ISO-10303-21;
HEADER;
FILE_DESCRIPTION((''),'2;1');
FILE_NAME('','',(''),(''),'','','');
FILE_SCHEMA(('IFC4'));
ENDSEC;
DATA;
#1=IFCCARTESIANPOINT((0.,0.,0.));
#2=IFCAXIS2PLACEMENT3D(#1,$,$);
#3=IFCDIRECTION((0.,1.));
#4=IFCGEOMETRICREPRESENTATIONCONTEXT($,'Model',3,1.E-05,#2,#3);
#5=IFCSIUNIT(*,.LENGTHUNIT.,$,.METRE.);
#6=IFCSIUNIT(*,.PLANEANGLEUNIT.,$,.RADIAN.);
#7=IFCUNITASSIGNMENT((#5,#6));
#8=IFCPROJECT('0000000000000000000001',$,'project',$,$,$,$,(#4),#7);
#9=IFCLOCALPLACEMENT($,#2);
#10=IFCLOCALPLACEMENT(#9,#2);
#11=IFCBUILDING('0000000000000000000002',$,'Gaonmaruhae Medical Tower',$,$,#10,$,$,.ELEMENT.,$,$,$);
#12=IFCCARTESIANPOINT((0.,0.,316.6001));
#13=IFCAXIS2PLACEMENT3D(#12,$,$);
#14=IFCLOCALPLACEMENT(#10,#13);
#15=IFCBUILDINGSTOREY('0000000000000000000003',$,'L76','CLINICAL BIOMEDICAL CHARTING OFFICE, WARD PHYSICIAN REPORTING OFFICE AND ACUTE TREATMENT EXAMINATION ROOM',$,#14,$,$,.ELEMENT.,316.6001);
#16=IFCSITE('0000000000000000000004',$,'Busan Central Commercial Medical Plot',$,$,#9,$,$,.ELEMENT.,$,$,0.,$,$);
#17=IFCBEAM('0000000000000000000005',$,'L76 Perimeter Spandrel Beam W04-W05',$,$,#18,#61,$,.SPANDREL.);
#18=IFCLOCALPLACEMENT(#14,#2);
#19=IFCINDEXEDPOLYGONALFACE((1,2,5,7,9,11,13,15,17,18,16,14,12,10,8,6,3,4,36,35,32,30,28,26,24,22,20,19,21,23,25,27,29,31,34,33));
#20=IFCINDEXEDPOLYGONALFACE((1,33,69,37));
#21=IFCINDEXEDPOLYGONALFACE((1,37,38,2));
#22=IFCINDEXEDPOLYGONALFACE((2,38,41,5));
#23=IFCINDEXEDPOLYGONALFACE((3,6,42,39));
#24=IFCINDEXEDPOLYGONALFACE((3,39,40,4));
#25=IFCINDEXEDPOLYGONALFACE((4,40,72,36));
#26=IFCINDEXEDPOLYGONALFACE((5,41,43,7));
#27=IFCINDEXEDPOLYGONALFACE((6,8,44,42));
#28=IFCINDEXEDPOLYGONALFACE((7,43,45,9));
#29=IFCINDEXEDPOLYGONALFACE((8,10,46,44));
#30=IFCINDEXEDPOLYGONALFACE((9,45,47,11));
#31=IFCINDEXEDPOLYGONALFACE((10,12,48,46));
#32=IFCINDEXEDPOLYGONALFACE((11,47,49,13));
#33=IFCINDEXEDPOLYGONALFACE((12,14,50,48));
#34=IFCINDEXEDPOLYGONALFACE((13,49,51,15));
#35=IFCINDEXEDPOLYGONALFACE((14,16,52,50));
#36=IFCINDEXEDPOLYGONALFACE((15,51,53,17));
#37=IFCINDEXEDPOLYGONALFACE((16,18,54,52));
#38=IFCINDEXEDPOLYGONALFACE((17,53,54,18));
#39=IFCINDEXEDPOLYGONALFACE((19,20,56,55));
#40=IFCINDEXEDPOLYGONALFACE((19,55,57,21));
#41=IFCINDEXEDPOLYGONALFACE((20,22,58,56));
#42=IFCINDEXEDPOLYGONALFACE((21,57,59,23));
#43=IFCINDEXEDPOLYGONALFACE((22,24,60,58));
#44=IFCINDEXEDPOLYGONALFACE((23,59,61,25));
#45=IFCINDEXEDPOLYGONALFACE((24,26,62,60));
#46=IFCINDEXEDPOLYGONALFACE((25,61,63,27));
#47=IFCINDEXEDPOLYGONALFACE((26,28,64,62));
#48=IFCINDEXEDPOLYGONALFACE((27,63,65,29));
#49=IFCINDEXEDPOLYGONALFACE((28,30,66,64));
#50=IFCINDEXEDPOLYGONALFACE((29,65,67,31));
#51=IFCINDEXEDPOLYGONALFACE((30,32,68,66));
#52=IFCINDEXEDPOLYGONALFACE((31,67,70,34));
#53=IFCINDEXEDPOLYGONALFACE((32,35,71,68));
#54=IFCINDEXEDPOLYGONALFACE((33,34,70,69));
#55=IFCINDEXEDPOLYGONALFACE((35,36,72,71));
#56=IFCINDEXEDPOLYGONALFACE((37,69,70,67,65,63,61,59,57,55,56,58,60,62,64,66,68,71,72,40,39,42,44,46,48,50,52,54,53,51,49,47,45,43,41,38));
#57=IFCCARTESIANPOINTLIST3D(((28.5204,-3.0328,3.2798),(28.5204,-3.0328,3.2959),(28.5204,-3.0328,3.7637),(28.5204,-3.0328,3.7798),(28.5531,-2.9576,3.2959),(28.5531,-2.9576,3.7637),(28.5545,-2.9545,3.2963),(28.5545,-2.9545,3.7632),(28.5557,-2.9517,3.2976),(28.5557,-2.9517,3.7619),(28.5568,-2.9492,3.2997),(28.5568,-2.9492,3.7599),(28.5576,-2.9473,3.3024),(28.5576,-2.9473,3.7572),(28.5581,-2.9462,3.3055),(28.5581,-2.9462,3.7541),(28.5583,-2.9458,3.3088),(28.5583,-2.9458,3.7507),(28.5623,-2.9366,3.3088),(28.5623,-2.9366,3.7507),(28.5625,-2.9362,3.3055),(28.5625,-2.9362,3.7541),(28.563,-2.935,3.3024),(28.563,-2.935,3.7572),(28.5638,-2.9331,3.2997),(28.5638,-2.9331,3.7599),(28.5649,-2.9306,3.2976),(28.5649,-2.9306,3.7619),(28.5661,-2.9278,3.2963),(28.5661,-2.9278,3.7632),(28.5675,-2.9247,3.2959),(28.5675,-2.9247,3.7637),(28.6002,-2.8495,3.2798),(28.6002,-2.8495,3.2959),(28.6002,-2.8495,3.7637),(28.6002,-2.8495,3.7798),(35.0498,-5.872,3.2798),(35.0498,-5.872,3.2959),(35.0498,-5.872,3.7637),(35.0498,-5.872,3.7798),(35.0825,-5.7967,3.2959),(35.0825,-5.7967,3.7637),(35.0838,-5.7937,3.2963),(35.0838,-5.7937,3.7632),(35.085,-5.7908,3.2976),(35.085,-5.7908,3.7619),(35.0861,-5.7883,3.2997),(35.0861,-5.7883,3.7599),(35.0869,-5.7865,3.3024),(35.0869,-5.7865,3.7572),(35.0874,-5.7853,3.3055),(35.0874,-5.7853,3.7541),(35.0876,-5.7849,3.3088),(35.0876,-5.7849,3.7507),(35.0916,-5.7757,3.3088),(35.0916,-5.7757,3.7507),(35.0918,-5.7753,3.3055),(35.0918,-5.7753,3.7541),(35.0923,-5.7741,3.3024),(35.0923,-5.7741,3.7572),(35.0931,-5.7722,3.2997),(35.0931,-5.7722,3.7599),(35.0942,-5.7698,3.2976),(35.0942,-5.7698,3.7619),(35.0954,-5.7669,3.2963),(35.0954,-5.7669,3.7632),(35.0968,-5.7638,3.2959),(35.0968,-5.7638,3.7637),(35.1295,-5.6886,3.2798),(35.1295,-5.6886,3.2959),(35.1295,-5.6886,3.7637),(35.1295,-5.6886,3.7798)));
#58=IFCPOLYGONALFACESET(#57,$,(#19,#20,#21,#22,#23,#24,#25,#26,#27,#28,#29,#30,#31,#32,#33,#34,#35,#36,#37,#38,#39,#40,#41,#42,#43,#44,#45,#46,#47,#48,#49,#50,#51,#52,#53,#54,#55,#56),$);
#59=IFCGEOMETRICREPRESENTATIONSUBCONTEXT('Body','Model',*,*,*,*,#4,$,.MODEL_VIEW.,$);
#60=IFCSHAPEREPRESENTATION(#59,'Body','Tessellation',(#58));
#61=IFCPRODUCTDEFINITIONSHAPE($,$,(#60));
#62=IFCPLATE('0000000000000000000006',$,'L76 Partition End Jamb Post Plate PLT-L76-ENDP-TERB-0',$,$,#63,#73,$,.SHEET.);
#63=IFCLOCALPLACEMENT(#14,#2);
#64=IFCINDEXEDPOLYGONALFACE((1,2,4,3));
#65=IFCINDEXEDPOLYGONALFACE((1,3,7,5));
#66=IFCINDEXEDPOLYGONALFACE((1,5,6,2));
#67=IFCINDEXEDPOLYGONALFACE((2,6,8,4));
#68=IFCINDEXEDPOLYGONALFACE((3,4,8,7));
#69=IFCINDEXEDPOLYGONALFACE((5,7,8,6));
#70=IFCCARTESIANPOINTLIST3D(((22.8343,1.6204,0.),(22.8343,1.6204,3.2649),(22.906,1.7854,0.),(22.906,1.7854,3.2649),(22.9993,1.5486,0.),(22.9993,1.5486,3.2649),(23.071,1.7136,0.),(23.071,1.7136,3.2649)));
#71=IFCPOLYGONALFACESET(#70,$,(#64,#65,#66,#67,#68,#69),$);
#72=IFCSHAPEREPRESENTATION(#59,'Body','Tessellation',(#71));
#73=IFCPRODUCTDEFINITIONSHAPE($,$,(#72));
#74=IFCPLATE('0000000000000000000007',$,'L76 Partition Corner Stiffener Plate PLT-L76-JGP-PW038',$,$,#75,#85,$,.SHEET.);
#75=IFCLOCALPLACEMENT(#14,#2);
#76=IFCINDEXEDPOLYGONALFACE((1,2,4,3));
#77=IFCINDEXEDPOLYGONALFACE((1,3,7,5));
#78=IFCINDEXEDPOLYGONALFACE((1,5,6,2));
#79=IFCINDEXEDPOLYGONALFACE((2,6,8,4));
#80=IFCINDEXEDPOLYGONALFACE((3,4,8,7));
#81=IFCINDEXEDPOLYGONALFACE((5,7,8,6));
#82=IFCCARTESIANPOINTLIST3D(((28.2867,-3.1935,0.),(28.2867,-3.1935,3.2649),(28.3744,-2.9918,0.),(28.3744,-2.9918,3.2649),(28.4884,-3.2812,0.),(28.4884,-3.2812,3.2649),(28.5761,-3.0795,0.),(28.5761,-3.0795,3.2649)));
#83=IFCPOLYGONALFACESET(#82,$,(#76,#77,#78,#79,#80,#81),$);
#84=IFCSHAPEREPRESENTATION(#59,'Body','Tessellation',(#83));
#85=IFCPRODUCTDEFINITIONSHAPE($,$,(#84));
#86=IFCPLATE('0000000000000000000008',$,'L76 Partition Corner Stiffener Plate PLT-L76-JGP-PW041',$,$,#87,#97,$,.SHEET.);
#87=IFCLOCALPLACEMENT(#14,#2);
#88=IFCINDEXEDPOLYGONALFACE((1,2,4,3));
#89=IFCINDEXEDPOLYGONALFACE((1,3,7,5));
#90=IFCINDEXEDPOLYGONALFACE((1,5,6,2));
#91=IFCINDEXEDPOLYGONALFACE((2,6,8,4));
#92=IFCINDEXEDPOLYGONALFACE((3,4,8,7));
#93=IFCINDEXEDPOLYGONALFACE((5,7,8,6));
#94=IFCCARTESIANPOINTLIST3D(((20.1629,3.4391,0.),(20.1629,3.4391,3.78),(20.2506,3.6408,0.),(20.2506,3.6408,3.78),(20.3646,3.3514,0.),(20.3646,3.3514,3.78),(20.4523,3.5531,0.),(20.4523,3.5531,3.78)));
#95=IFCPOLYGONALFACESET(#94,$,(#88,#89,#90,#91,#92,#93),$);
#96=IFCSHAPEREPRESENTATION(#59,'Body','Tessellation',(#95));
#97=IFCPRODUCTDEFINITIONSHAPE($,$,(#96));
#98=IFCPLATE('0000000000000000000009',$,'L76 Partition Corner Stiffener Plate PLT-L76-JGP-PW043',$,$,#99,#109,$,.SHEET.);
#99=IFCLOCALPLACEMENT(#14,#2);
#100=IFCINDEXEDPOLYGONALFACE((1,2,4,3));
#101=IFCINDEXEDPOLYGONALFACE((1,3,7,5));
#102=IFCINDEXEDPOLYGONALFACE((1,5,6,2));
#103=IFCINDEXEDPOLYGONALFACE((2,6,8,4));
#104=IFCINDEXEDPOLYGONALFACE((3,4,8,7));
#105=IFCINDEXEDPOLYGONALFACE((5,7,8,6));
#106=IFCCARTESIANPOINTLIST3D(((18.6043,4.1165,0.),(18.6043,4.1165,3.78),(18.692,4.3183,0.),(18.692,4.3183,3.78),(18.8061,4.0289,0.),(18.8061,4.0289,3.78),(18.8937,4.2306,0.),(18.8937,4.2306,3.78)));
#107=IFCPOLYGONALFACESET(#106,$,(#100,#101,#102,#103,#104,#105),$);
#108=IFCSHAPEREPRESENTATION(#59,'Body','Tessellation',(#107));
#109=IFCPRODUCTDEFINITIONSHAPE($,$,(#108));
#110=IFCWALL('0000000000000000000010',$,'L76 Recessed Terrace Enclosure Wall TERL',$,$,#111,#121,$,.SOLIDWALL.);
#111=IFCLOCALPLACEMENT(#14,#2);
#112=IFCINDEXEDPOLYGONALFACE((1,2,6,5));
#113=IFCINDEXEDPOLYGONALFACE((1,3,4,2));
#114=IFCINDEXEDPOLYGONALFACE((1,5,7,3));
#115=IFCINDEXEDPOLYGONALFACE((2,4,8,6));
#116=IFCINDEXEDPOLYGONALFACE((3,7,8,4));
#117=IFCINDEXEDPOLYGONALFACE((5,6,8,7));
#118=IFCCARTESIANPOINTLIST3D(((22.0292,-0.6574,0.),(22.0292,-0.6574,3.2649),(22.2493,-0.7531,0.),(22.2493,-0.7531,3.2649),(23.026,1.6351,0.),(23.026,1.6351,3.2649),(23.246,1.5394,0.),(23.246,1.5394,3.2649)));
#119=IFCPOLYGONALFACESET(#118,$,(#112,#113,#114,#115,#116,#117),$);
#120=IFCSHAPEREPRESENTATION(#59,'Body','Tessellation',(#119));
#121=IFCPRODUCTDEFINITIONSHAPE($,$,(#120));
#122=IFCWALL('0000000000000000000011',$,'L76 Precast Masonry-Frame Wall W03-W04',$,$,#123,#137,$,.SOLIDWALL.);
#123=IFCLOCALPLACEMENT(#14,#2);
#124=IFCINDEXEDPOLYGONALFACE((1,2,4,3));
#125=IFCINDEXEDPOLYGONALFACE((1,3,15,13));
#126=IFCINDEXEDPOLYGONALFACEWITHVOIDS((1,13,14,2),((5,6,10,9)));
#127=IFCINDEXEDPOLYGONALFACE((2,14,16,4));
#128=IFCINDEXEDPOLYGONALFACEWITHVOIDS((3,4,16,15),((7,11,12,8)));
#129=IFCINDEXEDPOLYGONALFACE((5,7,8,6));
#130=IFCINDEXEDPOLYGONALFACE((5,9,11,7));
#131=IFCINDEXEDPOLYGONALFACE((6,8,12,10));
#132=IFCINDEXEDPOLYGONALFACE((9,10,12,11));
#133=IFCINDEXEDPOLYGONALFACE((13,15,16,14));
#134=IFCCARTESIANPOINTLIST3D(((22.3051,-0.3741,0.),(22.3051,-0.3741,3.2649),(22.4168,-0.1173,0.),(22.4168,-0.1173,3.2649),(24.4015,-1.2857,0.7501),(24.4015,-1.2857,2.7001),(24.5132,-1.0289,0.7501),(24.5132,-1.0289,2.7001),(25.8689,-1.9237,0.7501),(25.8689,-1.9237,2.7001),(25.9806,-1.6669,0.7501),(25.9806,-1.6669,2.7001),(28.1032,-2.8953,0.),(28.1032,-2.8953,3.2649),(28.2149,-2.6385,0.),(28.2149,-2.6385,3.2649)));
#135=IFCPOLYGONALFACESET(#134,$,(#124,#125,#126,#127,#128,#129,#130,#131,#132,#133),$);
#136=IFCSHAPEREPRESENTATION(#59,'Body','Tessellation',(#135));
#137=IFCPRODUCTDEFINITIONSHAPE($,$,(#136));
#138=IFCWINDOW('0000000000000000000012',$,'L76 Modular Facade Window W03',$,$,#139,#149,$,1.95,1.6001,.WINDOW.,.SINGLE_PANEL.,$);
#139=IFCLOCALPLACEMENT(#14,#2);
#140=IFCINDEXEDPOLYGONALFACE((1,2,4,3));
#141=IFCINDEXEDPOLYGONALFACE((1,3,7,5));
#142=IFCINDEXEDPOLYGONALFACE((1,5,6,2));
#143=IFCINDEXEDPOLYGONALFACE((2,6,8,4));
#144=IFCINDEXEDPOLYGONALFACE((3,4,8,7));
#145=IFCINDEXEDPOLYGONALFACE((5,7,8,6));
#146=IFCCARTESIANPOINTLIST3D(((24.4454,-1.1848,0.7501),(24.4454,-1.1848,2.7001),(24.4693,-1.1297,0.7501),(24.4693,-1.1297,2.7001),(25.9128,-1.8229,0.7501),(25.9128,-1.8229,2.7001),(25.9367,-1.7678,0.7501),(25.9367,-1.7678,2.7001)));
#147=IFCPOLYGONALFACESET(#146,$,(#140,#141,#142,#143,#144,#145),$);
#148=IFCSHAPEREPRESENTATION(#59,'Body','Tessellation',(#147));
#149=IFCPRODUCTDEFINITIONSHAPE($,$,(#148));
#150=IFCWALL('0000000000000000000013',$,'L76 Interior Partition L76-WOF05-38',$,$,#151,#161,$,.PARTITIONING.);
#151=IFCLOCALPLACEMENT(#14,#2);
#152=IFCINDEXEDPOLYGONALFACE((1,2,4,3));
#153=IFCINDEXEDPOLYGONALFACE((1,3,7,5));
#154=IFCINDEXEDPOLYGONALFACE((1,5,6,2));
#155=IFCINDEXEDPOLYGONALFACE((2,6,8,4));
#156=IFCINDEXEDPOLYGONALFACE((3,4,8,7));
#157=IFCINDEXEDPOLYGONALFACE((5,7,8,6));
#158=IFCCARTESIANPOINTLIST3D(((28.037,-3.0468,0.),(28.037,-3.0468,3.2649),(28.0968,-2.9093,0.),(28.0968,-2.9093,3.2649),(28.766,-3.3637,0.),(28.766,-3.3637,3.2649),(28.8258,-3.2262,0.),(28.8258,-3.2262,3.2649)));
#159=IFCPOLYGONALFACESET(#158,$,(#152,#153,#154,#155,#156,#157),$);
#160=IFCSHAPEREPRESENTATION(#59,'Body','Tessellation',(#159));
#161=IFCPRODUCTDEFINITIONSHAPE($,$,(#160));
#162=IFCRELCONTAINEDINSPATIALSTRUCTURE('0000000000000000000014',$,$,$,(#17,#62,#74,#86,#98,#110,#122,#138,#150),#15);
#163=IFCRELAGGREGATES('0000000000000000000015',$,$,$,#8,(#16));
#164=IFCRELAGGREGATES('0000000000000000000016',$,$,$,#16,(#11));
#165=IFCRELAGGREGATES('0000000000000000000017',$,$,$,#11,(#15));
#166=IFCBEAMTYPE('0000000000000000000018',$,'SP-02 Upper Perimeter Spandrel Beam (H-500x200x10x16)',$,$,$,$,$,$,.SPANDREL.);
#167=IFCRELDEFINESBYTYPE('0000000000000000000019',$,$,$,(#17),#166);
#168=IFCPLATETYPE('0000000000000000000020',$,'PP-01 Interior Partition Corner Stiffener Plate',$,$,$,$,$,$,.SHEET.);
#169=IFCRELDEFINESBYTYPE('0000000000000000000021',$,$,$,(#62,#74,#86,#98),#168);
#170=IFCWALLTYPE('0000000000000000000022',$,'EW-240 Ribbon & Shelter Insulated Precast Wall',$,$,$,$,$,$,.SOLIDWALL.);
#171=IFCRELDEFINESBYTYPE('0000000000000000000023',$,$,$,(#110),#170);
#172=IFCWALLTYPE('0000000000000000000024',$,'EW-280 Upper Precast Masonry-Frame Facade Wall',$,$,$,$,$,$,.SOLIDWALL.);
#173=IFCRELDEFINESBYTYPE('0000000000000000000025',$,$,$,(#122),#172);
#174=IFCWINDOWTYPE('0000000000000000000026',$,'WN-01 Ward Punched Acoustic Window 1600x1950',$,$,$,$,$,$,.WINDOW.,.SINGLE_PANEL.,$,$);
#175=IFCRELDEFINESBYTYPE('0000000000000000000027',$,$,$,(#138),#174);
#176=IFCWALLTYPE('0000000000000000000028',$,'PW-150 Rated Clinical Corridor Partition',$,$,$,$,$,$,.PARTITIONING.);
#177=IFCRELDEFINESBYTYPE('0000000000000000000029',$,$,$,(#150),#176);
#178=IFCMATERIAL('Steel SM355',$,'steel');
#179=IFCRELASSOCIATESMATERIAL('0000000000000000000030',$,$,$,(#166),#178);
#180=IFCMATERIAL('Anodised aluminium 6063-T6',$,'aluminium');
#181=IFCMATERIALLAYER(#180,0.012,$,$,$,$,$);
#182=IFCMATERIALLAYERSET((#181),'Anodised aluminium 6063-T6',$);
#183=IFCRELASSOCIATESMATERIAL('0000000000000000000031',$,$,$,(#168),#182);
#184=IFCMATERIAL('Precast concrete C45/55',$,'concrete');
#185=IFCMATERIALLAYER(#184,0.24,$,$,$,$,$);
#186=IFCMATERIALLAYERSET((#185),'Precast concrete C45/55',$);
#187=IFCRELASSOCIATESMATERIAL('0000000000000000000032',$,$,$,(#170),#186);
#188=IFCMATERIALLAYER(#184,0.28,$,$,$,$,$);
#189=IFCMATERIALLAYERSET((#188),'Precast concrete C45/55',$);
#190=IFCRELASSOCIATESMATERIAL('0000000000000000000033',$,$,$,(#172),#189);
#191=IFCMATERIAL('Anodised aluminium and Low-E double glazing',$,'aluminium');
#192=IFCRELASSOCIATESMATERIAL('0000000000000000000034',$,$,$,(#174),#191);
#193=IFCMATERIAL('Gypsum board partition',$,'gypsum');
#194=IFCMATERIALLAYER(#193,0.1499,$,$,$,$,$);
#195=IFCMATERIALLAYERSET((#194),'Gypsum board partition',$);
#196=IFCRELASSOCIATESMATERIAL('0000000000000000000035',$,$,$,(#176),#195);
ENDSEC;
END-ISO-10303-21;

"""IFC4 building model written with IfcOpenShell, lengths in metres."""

from ifc_helpers import new_model, si_unit, direction, frame, frame_2d, origin, origin_2d, place, context, subcontext, project, spatial, rectangle, i_section, extrude, material, layer, layer_set, material_profile, profile_set, type_object, element, fill, save


model = new_model("IFC4")

# Units and contexts
model_context = context("Model", 3, precision=1e-05, world=origin(), true_north=direction((0.0, 1.0)))
body_context = subcontext(model_context, "Body", "Model", "MODEL_VIEW")
ifc_project = project(units=[si_unit("LENGTHUNIT", "METRE"), si_unit("PLANEANGLEUNIT", "RADIAN")], contexts=[model_context])

# Site, building, storey
site_placement = place(None, origin())
site = spatial("IfcSite", under=ifc_project, at=site_placement, Name="Busan Central Commercial Medical Plot", CompositionType="ELEMENT", RefElevation=0.0)
building_placement = place(site_placement, origin())
building = spatial("IfcBuilding", under=site, at=building_placement, Name="Gaonmaruhae Medical Tower", CompositionType="ELEMENT")
storey_placement = place(building_placement, frame((0.0, 0.0, 316.6001)))
storey = spatial("IfcBuildingStorey", under=building, at=storey_placement, Name="L76", Description="CLINICAL BIOMEDICAL CHARTING OFFICE, WARD PHYSICIAN REPORTING OFFICE AND ACUTE TREATMENT EXAMINATION ROOM", CompositionType="ELEMENT", Elevation=316.6001)

# Beam
ifc_material_1 = material(Name="Steel SM355", Category="steel")
ifc_material_profile_1 = material_profile(ifc_material_1, i_section(OverallWidth=0.2, OverallDepth=0.5, WebThickness=0.01, FlangeThickness=0.0161, FilletRadius=0.0129, at=origin_2d()), Name="H-500x200x10x16")
ifc_profile_set_1 = profile_set([ifc_material_profile_1], Name="Steel SM355")
beam_type_1 = type_object("IfcBeamType", Name="SP-02 Upper Perimeter Spandrel Beam (H-500x200x10x16)", PredefinedType="SPANDREL", material=ifc_profile_set_1)
beam_1_placement = place(storey_placement, frame((28.5603, -2.9412, 3.5298), z_axis=(0.917055, -0.39876, 0.0), x_axis=(0.39876, 0.917055, 0.0)))
element("IfcBeam", 1, at=beam_1_placement, inside=storey, type_object=beam_type_1, Name="L76 Perimeter Spandrel Beam W04-W05", PredefinedType="SPANDREL", context=body_context, shape_type="SweptSolid", body=[
    extrude(i_section(OverallWidth=0.2, OverallDepth=0.5, WebThickness=0.01, FlangeThickness=0.0161, FilletRadius=0.0129, at=origin_2d()), origin(), (0.0, 0.0, 1.0), 7.1199),
])

# Plates
ifc_material_2 = material(Name="Anodised aluminium 6063-T6", Category="aluminium")
ifc_layer_1 = layer(ifc_material_2, 0.012)
ifc_layer_set_1 = layer_set([ifc_layer_1], Name="Anodised aluminium 6063-T6")
plate_type = type_object("IfcPlateType", Name="PP-01 Interior Partition Corner Stiffener Plate", PredefinedType="SHEET", material=ifc_layer_set_1)
plate_1_placement = place(storey_placement, frame((22.9526, 1.667, 0.0), z_axis=(0.0, 0.0, 1.0), x_axis=(-0.91706, 0.398749, 0.0)))
element("IfcPlate", 2, at=plate_1_placement, inside=storey, type_object=plate_type, Name="L76 Partition End Jamb Post Plate PLT-L76-ENDP-TERB-0", PredefinedType="SHEET", context=body_context, shape_type="SweptSolid", body=[
    extrude(rectangle(XDim=0.1799, YDim=0.1799, at=origin_2d()), origin(), (0.0, 0.0, 1.0), 3.2649),
])
plate_2_placement = place(storey_placement, frame((28.4314, -3.1365, 0.0), z_axis=(0.0, 0.0, 1.0), x_axis=(-0.917053, 0.398765, 0.0)))
element("IfcPlate", 3, at=plate_2_placement, inside=storey, type_object=plate_type, Name="L76 Partition Corner Stiffener Plate PLT-L76-JGP-PW038", PredefinedType="SHEET", context=body_context, shape_type="SweptSolid", body=[
    extrude(rectangle(XDim=0.22, YDim=0.22, at=origin_2d()), origin(), (0.0, 0.0, 1.0), 3.2649),
])
for number, where, z_axis, x_axis, name in (
    (4, (20.3076, 3.4961, 0.0), (0.0, 0.0, 1.0), (0.398829, 0.917025, 0.0), "L76 Partition Corner Stiffener Plate PLT-L76-JGP-PW041"),
    (5, (18.749, 4.1736, 0.0), (0.0, 0.0, 1.0), (-0.398381, -0.91722, 0.0), "L76 Partition Corner Stiffener Plate PLT-L76-JGP-PW043"),
):
    element("IfcPlate", number, at=place(storey_placement, frame(where, z_axis=z_axis, x_axis=x_axis)), inside=storey, type_object=plate_type, Name=name, PredefinedType="SHEET", context=body_context, shape_type="SweptSolid", body=[
        extrude(rectangle(XDim=0.22, YDim=0.22, at=origin_2d()), origin(), (0.0, 0.0, 1.0), 3.78),
    ])

# Shared definitions
ifc_material_3 = material(Name="Precast concrete C45/55", Category="concrete")
ifc_layer_2 = layer(ifc_material_3, 0.24)
ifc_layer_set_2 = layer_set([ifc_layer_2], Name="Precast concrete C45/55")
wall_type_1 = type_object("IfcWallType", Name="EW-240 Ribbon & Shelter Insulated Precast Wall", PredefinedType="SOLIDWALL", material=ifc_layer_set_2)

# Wall
wall_1_placement = place(storey_placement, frame((22.1392, -0.7053, 0.0), z_axis=(0.0, 0.0, 1.0), x_axis=(0.398758, 0.917056, 0.0)))
element("IfcWall", 6, at=wall_1_placement, inside=storey, type_object=wall_type_1, Name="L76 Recessed Terrace Enclosure Wall TERL", PredefinedType="SOLIDWALL", context=body_context, shape_type="SweptSolid", body=[
    extrude(rectangle(XDim=2.4998, YDim=0.24, at=frame_2d((1.25, 0.0))), origin(), (0.0, 0.0, 1.0), 3.2649),
])

# Wall, opening, window
ifc_layer_3 = layer(ifc_material_3, 0.28)
ifc_layer_set_3 = layer_set([ifc_layer_3], Name="Precast concrete C45/55")
wall_type_2 = type_object("IfcWallType", Name="EW-280 Upper Precast Masonry-Frame Facade Wall", PredefinedType="SOLIDWALL", material=ifc_layer_set_3)
wall_2_placement = place(storey_placement, frame((28.1589, -2.7668, 0.0), z_axis=(0.0, 0.0, 1.0), x_axis=(-0.917051, 0.39877, 0.0)))
wall_2 = element("IfcWall", 7, at=wall_2_placement, inside=storey, type_object=wall_type_2, Name="L76 Precast Masonry-Frame Wall W03-W04", PredefinedType="SOLIDWALL", context=body_context, shape_type="SweptSolid", body=[
    extrude(rectangle(XDim=6.3225, YDim=0.28, at=frame_2d((3.1611, 0.0))), origin(), (0.0, 0.0, 1.0), 3.2649),
])
opening_1_placement = place(wall_2_placement, frame((2.4363, 0.0, 0.75)))
opening_1 = element("IfcOpeningElement", 8, at=opening_1_placement, cuts=wall_2, PredefinedType="OPENING", context=body_context, shape_type="SweptSolid", body=[
    extrude(rectangle(XDim=1.6001, YDim=1.95, at=frame_2d((0.8, 0.9751))), frame((0.0, 0.1499, 0.0), z_axis=(0.0, -1.0, 0.0), x_axis=(1.0, 0.0, 0.0)), (0.0, 0.0, 1.0), 0.3),
])
ifc_material_4 = material(Name="Anodised aluminium and Low-E double glazing", Category="aluminium")
window_type = type_object("IfcWindowType", Name="WN-01 Ward Punched Acoustic Window 1600x1950", PartitioningType="SINGLE_PANEL", PredefinedType="WINDOW", material=ifc_material_4)
window_placement = place(opening_1_placement, origin())
window = element("IfcWindow", 9, at=window_placement, inside=storey, type_object=window_type, Name="L76 Modular Facade Window W03", OverallHeight=1.95, OverallWidth=1.6001, PartitioningType="SINGLE_PANEL", PredefinedType="WINDOW", context=body_context, shape_type="SweptSolid", body=[
    extrude(rectangle(XDim=1.6001, YDim=1.95, at=frame_2d((0.8, 0.9751))), frame((0.0, 0.03, 0.0), z_axis=(0.0, -1.0, 0.0), x_axis=(1.0, 0.0, 0.0)), (0.0, 0.0, 1.0), 0.0601),
])
fill(opening_1, window)

# Wall
ifc_material_5 = material(Name="Gypsum board partition", Category="gypsum")
ifc_layer_4 = layer(ifc_material_5, 0.1499)
ifc_layer_set_4 = layer_set([ifc_layer_4], Name="Gypsum board partition")
wall_type_3 = type_object("IfcWallType", Name="PW-150 Rated Clinical Corridor Partition", PredefinedType="PARTITIONING", material=ifc_layer_set_4)
wall_3_placement = place(storey_placement, frame((28.7959, -3.2949, 0.0), z_axis=(0.0, 0.0, 1.0), x_axis=(-0.917099, 0.398659, 0.0)))
element("IfcWall", 10, at=wall_3_placement, inside=storey, type_object=wall_type_3, Name="L76 Interior Partition L76-WOF05-38", PredefinedType="PARTITIONING", context=body_context, shape_type="SweptSolid", body=[
    extrude(rectangle(XDim=0.7949, YDim=0.1499, at=frame_2d((0.3975, 0.0))), origin(), (0.0, 0.0, 1.0), 3.2649),
])

save(model, "model.ifc")
